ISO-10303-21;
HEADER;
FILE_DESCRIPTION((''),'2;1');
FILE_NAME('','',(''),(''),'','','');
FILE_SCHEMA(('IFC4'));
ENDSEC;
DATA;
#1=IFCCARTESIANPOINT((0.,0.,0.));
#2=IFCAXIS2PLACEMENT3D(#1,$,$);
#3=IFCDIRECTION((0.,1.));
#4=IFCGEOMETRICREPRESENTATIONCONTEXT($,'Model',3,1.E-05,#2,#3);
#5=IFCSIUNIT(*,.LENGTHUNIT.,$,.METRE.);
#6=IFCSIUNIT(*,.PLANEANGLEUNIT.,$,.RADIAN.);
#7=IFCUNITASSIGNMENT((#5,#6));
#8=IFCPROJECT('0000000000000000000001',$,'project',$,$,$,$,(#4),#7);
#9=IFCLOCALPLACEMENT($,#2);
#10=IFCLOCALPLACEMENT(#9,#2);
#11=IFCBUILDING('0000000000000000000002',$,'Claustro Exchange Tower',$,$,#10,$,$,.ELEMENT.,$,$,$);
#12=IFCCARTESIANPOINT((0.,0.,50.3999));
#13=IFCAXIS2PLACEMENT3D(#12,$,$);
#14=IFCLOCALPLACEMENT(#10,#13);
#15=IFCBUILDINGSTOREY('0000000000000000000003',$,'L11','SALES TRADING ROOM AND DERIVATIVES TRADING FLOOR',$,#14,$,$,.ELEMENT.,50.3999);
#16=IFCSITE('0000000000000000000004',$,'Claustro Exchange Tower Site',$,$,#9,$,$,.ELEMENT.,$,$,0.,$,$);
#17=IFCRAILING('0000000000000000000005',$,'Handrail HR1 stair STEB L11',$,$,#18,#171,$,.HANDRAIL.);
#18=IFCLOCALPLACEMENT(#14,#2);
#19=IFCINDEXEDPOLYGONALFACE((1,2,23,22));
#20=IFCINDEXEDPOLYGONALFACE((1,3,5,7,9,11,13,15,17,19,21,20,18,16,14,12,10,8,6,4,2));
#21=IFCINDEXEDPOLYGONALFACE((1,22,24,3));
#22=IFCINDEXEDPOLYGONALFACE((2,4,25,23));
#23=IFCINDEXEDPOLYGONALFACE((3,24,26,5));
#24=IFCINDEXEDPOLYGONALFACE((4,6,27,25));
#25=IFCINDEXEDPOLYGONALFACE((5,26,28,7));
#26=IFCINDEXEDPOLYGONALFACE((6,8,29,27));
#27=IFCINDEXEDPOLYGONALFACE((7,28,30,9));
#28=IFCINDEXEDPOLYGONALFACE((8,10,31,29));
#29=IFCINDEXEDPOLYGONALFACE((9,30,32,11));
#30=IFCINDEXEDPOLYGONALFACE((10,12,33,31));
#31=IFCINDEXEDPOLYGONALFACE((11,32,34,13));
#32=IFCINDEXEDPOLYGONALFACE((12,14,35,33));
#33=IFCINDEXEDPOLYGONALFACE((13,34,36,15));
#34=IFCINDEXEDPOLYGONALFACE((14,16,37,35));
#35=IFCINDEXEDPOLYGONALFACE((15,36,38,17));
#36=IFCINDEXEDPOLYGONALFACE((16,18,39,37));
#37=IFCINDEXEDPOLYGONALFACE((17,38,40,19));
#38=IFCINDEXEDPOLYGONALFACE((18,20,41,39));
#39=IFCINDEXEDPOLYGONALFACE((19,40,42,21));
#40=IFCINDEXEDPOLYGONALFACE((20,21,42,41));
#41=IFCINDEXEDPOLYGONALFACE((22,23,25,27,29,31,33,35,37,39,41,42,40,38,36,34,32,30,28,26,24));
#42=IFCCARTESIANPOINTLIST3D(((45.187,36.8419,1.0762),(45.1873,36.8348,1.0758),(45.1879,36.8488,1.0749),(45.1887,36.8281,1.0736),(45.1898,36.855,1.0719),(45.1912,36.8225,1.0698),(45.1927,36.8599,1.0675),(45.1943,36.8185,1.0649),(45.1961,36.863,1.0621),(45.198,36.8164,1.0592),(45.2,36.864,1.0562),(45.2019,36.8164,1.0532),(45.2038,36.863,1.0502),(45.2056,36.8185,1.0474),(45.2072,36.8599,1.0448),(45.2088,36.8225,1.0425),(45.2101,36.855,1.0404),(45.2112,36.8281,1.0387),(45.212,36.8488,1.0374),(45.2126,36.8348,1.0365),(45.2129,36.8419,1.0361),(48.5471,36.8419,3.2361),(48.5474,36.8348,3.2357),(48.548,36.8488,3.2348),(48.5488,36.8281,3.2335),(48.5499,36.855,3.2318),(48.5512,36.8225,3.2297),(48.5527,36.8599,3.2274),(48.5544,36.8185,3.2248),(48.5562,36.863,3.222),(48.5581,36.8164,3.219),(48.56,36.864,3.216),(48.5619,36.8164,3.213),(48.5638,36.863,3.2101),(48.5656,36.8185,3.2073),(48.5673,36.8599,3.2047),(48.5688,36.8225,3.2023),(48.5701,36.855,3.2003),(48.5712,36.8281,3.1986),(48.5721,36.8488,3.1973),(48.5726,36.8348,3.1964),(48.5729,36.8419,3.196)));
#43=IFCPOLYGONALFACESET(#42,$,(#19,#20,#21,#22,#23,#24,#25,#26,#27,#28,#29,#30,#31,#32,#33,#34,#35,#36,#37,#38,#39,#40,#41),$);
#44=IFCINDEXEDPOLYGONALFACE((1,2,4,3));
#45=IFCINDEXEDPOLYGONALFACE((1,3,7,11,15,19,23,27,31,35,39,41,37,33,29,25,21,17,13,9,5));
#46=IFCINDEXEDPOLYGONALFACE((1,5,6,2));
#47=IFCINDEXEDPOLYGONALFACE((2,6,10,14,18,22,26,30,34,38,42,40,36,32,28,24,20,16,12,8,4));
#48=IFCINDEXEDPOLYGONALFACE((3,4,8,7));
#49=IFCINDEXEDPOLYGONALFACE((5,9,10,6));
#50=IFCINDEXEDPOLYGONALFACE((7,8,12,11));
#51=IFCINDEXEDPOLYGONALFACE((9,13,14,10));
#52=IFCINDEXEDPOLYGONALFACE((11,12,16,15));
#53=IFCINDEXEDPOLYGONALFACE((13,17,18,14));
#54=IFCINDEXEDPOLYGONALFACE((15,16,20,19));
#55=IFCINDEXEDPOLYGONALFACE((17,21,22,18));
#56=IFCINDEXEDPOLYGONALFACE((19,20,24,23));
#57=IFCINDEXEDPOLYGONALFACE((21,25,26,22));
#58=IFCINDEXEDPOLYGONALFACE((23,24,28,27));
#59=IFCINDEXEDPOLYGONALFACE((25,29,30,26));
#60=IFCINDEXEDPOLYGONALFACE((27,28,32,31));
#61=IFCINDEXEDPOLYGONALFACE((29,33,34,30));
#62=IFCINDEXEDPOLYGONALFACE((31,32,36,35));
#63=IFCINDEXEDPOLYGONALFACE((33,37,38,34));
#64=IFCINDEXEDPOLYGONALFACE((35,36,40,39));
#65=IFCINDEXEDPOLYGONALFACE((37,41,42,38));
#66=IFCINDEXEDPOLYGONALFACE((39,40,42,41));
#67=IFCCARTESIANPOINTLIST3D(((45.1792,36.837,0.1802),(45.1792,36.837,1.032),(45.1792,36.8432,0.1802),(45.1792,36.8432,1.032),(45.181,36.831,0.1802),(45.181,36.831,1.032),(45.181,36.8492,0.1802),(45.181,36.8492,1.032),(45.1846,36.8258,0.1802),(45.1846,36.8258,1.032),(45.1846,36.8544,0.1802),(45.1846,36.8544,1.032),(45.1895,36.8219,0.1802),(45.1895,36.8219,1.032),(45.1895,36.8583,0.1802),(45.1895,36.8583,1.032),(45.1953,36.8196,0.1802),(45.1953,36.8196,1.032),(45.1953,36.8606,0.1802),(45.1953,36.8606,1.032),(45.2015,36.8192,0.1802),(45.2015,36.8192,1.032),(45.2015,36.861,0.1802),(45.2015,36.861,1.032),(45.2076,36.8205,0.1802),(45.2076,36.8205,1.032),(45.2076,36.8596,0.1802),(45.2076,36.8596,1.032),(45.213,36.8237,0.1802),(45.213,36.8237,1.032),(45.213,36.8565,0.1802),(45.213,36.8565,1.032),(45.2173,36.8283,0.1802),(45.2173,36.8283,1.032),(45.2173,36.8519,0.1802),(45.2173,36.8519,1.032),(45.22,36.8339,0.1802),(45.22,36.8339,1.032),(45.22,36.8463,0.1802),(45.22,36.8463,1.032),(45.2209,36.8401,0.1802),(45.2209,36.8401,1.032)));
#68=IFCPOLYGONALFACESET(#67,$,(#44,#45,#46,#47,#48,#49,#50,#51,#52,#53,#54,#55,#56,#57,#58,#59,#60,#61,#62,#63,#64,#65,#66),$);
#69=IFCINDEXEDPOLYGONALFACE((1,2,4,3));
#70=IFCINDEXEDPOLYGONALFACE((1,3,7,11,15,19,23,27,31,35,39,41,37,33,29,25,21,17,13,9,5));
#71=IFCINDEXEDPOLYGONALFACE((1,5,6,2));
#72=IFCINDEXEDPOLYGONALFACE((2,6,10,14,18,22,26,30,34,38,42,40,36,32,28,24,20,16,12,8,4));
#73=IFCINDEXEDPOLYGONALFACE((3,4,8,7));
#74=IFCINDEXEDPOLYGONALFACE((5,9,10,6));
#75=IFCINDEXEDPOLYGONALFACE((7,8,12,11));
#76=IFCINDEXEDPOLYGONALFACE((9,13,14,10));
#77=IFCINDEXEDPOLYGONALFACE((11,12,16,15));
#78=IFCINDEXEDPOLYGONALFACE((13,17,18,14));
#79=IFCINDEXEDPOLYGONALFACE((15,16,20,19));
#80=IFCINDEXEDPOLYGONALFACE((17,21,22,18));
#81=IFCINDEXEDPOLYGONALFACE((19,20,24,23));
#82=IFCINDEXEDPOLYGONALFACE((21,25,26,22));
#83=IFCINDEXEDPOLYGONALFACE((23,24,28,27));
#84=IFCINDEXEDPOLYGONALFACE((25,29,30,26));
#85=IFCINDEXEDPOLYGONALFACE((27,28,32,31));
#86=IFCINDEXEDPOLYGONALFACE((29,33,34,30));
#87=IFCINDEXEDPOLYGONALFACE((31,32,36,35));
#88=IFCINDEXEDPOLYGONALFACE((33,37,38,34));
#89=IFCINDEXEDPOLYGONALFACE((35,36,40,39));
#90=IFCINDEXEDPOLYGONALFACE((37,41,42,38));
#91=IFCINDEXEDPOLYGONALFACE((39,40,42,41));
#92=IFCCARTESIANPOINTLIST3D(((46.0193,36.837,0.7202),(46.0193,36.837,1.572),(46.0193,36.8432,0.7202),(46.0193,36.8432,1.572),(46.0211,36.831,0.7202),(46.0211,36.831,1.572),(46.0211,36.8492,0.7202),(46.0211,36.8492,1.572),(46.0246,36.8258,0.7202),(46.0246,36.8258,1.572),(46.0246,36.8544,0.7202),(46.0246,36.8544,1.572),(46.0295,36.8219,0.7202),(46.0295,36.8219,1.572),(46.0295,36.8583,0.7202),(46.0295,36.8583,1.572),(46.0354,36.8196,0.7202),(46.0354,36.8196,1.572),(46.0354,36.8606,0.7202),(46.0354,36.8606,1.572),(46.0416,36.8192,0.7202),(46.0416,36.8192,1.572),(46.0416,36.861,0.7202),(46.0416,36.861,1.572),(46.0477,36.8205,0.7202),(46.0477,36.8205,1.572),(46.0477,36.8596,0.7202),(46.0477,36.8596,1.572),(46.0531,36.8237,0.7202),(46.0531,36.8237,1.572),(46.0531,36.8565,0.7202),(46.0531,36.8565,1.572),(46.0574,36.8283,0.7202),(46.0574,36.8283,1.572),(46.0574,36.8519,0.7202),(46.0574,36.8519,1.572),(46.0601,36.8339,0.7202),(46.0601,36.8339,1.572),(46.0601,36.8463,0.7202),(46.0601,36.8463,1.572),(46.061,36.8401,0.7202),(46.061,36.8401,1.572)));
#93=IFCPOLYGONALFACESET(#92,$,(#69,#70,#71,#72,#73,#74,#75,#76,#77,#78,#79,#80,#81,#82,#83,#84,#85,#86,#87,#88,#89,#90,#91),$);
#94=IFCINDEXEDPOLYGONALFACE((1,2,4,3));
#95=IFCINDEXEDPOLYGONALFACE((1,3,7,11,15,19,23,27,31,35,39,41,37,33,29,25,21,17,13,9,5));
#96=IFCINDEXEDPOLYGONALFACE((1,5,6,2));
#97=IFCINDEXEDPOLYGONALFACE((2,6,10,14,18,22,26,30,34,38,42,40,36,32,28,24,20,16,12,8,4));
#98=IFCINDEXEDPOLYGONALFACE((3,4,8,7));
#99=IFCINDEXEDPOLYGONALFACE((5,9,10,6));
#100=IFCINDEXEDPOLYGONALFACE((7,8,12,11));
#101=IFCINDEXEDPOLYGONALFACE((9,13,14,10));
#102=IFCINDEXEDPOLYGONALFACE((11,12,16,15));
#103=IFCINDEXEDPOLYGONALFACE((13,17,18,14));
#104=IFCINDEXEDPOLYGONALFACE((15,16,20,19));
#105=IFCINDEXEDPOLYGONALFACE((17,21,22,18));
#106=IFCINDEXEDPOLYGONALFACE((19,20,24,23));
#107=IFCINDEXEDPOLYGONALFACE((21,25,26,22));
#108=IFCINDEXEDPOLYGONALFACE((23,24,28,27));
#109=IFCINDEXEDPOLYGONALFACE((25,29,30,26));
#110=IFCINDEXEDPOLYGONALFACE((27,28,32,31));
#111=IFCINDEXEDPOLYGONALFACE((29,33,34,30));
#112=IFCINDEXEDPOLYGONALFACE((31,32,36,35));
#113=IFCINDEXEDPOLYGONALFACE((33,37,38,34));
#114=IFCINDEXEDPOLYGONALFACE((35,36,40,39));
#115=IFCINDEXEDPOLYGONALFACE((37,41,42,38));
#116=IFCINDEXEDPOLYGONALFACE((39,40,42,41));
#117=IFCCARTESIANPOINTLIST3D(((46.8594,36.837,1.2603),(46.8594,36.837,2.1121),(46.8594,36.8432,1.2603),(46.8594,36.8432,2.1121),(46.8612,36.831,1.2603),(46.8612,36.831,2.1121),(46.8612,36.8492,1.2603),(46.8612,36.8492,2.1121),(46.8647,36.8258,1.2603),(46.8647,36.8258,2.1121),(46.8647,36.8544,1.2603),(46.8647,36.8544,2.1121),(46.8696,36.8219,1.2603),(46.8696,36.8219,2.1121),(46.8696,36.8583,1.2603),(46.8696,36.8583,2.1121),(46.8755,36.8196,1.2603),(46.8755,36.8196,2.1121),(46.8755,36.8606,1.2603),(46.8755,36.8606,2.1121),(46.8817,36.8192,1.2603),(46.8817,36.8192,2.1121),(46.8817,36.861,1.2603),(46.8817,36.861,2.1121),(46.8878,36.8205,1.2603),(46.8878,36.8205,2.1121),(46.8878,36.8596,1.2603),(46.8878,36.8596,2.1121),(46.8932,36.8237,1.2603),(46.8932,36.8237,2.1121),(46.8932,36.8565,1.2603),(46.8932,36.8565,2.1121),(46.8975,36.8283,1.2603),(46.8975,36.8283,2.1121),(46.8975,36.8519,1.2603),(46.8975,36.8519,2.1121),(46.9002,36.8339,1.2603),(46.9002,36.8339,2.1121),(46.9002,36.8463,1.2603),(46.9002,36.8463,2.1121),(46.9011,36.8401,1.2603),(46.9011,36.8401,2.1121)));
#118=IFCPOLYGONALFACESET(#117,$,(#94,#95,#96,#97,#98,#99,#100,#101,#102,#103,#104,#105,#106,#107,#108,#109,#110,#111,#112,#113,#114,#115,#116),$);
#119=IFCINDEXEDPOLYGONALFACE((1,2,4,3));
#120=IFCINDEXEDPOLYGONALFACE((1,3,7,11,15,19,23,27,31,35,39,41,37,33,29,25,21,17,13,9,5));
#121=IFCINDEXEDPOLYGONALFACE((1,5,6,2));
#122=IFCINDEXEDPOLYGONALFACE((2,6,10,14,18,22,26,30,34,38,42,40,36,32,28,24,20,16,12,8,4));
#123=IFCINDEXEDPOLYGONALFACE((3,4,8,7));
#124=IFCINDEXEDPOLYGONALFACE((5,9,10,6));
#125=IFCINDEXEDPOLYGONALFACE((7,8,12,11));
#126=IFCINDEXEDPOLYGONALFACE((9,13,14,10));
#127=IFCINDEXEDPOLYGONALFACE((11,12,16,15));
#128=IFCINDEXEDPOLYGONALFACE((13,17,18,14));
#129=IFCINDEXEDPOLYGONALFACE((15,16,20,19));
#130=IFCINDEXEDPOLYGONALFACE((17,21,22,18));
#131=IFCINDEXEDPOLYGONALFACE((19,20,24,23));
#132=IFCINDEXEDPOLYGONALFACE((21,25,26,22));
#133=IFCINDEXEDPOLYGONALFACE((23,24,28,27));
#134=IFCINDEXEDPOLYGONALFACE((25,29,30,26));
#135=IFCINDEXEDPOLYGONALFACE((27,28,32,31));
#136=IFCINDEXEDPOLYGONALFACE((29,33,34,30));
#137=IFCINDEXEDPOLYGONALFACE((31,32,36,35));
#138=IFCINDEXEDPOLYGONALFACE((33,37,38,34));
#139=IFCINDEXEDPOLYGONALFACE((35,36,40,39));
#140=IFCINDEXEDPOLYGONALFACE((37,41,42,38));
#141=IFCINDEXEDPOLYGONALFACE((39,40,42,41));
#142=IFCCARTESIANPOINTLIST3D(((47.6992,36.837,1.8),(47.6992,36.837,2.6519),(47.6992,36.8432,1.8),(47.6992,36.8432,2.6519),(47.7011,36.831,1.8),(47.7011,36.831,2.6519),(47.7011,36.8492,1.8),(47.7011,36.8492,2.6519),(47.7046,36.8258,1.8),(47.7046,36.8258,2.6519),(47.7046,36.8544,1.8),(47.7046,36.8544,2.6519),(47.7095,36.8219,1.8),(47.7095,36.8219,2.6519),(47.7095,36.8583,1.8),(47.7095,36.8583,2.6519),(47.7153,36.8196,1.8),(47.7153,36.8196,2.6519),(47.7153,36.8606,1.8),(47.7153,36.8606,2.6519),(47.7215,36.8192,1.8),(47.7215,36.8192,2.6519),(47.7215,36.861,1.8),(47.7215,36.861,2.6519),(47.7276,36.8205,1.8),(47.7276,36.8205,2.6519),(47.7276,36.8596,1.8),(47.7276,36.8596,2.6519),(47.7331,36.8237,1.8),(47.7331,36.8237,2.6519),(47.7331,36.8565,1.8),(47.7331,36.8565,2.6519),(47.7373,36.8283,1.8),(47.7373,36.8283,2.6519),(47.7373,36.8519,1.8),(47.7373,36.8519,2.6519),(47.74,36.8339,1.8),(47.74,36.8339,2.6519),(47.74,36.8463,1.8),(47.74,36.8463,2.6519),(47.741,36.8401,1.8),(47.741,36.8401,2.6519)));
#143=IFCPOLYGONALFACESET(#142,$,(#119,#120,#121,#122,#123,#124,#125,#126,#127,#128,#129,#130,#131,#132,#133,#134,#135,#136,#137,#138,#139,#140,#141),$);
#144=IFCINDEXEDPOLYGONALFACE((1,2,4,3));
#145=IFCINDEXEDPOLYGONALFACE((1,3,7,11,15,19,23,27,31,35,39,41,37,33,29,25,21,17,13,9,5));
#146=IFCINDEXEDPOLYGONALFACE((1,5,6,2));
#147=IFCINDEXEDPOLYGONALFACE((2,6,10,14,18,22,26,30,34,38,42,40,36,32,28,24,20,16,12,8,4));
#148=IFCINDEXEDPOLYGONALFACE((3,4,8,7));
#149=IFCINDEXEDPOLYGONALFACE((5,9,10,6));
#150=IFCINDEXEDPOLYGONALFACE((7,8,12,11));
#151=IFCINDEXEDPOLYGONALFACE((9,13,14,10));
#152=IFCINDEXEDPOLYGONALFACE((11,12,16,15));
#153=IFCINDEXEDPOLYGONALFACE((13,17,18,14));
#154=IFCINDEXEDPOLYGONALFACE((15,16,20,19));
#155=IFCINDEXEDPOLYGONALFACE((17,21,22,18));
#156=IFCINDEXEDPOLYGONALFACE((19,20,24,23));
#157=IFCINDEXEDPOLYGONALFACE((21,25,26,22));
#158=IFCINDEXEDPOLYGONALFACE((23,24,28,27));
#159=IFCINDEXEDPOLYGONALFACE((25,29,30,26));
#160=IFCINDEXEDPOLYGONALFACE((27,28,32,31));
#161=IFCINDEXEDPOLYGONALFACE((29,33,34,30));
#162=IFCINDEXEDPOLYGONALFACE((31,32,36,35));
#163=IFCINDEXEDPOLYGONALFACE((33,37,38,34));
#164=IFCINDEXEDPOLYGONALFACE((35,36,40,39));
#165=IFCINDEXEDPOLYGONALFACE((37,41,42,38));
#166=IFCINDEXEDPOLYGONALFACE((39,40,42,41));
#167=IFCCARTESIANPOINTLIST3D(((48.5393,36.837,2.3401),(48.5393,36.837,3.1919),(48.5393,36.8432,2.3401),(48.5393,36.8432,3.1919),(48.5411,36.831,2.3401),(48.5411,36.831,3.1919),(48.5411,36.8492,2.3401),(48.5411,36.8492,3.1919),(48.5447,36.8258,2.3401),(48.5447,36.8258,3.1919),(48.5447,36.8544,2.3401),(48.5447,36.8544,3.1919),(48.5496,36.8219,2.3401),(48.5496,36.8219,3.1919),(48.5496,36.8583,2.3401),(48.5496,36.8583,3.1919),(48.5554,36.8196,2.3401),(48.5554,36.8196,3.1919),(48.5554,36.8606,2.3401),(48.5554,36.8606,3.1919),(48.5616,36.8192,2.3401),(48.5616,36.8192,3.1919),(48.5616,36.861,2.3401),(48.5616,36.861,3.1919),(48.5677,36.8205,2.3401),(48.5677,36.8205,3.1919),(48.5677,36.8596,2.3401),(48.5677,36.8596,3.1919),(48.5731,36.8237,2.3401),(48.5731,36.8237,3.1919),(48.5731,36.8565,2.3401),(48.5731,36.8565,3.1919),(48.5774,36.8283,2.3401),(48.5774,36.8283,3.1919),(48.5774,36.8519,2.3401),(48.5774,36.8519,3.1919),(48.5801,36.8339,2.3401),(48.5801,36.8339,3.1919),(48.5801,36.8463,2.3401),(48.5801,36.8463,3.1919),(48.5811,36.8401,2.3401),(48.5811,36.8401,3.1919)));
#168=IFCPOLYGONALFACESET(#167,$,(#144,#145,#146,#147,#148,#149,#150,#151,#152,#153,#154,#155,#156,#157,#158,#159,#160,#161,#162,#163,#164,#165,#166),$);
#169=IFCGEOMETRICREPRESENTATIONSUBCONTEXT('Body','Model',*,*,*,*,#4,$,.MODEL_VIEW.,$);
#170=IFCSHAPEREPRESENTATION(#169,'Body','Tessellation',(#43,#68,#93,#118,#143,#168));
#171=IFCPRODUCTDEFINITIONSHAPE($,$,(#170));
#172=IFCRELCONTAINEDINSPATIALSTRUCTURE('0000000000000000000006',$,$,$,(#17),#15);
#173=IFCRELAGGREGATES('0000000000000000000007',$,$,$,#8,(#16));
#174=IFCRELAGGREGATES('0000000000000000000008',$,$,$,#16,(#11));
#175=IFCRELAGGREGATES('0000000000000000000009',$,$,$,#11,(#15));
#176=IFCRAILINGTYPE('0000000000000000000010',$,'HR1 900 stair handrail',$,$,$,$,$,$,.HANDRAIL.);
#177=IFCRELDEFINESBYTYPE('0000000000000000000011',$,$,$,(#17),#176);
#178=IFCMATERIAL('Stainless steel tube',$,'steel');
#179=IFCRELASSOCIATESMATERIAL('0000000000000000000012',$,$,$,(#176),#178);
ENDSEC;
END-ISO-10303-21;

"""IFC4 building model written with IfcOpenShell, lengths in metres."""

from ifc_helpers import new_model, si_unit, direction, frame, origin, origin_2d, place, context, subcontext, project, spatial, circle, extrude, material, type_object, element, save


model = new_model("IFC4")

# Units and contexts
model_context = context("Model", 3, precision=1e-05, world=origin(), true_north=direction((0.0, 1.0)))
body_context = subcontext(model_context, "Body", "Model", "MODEL_VIEW")
ifc_project = project(units=[si_unit("LENGTHUNIT", "METRE"), si_unit("PLANEANGLEUNIT", "RADIAN")], contexts=[model_context])

# Site, building, storey
site_placement = place(None, origin())
site = spatial("IfcSite", under=ifc_project, at=site_placement, Name="Claustro Exchange Tower Site", CompositionType="ELEMENT", RefElevation=0.0)
building_placement = place(site_placement, origin())
building = spatial("IfcBuilding", under=site, at=building_placement, Name="Claustro Exchange Tower", CompositionType="ELEMENT")
storey_placement = place(building_placement, frame((0.0, 0.0, 50.3999)))
storey = spatial("IfcBuildingStorey", under=building, at=storey_placement, Name="L11", Description="SALES TRADING ROOM AND DERIVATIVES TRADING FLOOR", CompositionType="ELEMENT", Elevation=50.3999)

# Railing
ifc_material_1 = material(Name="Stainless steel tube", Category="steel")
railing_type_1 = type_object("IfcRailingType", Name="HR1 900 stair handrail", PredefinedType="HANDRAIL", material=ifc_material_1)
railing_1_placement = place(storey_placement, frame((45.2, 36.8401, 0.1802)))
element("IfcRailing", 1, at=railing_1_placement, inside=storey, type_object=railing_type_1, Name="Handrail HR1 stair STEB L11", PredefinedType="HANDRAIL", context=body_context, shape_type="SweptSolid", body=[
    extrude(circle(Radius=0.0239, at=origin_2d()), frame((0.0, 0.0, 0.876), z_axis=(0.841196, 0.0, 0.54073), x_axis=(0.0, 1.0, 0.0)), (0.0, 0.0, 1.0), 3.9944),
    extrude(circle(Radius=0.021, at=origin_2d()), origin(), (0.0, 0.0, 1.0), 0.8518),
    extrude(circle(Radius=0.021, at=origin_2d()), frame((0.8401, 0.0, 0.54)), (0.0, 0.0, 1.0), 0.8518),
    extrude(circle(Radius=0.021, at=origin_2d()), frame((1.6802, 0.0, 1.0801)), (0.0, 0.0, 1.0), 0.8518),
    extrude(circle(Radius=0.021, at=origin_2d()), frame((2.52, 0.0, 1.6199)), (0.0, 0.0, 1.0), 0.8518),
    extrude(circle(Radius=0.021, at=origin_2d()), frame((3.3601, 0.0, 2.1599)), (0.0, 0.0, 1.0), 0.8518),
])

save(model, "model.ifc")
